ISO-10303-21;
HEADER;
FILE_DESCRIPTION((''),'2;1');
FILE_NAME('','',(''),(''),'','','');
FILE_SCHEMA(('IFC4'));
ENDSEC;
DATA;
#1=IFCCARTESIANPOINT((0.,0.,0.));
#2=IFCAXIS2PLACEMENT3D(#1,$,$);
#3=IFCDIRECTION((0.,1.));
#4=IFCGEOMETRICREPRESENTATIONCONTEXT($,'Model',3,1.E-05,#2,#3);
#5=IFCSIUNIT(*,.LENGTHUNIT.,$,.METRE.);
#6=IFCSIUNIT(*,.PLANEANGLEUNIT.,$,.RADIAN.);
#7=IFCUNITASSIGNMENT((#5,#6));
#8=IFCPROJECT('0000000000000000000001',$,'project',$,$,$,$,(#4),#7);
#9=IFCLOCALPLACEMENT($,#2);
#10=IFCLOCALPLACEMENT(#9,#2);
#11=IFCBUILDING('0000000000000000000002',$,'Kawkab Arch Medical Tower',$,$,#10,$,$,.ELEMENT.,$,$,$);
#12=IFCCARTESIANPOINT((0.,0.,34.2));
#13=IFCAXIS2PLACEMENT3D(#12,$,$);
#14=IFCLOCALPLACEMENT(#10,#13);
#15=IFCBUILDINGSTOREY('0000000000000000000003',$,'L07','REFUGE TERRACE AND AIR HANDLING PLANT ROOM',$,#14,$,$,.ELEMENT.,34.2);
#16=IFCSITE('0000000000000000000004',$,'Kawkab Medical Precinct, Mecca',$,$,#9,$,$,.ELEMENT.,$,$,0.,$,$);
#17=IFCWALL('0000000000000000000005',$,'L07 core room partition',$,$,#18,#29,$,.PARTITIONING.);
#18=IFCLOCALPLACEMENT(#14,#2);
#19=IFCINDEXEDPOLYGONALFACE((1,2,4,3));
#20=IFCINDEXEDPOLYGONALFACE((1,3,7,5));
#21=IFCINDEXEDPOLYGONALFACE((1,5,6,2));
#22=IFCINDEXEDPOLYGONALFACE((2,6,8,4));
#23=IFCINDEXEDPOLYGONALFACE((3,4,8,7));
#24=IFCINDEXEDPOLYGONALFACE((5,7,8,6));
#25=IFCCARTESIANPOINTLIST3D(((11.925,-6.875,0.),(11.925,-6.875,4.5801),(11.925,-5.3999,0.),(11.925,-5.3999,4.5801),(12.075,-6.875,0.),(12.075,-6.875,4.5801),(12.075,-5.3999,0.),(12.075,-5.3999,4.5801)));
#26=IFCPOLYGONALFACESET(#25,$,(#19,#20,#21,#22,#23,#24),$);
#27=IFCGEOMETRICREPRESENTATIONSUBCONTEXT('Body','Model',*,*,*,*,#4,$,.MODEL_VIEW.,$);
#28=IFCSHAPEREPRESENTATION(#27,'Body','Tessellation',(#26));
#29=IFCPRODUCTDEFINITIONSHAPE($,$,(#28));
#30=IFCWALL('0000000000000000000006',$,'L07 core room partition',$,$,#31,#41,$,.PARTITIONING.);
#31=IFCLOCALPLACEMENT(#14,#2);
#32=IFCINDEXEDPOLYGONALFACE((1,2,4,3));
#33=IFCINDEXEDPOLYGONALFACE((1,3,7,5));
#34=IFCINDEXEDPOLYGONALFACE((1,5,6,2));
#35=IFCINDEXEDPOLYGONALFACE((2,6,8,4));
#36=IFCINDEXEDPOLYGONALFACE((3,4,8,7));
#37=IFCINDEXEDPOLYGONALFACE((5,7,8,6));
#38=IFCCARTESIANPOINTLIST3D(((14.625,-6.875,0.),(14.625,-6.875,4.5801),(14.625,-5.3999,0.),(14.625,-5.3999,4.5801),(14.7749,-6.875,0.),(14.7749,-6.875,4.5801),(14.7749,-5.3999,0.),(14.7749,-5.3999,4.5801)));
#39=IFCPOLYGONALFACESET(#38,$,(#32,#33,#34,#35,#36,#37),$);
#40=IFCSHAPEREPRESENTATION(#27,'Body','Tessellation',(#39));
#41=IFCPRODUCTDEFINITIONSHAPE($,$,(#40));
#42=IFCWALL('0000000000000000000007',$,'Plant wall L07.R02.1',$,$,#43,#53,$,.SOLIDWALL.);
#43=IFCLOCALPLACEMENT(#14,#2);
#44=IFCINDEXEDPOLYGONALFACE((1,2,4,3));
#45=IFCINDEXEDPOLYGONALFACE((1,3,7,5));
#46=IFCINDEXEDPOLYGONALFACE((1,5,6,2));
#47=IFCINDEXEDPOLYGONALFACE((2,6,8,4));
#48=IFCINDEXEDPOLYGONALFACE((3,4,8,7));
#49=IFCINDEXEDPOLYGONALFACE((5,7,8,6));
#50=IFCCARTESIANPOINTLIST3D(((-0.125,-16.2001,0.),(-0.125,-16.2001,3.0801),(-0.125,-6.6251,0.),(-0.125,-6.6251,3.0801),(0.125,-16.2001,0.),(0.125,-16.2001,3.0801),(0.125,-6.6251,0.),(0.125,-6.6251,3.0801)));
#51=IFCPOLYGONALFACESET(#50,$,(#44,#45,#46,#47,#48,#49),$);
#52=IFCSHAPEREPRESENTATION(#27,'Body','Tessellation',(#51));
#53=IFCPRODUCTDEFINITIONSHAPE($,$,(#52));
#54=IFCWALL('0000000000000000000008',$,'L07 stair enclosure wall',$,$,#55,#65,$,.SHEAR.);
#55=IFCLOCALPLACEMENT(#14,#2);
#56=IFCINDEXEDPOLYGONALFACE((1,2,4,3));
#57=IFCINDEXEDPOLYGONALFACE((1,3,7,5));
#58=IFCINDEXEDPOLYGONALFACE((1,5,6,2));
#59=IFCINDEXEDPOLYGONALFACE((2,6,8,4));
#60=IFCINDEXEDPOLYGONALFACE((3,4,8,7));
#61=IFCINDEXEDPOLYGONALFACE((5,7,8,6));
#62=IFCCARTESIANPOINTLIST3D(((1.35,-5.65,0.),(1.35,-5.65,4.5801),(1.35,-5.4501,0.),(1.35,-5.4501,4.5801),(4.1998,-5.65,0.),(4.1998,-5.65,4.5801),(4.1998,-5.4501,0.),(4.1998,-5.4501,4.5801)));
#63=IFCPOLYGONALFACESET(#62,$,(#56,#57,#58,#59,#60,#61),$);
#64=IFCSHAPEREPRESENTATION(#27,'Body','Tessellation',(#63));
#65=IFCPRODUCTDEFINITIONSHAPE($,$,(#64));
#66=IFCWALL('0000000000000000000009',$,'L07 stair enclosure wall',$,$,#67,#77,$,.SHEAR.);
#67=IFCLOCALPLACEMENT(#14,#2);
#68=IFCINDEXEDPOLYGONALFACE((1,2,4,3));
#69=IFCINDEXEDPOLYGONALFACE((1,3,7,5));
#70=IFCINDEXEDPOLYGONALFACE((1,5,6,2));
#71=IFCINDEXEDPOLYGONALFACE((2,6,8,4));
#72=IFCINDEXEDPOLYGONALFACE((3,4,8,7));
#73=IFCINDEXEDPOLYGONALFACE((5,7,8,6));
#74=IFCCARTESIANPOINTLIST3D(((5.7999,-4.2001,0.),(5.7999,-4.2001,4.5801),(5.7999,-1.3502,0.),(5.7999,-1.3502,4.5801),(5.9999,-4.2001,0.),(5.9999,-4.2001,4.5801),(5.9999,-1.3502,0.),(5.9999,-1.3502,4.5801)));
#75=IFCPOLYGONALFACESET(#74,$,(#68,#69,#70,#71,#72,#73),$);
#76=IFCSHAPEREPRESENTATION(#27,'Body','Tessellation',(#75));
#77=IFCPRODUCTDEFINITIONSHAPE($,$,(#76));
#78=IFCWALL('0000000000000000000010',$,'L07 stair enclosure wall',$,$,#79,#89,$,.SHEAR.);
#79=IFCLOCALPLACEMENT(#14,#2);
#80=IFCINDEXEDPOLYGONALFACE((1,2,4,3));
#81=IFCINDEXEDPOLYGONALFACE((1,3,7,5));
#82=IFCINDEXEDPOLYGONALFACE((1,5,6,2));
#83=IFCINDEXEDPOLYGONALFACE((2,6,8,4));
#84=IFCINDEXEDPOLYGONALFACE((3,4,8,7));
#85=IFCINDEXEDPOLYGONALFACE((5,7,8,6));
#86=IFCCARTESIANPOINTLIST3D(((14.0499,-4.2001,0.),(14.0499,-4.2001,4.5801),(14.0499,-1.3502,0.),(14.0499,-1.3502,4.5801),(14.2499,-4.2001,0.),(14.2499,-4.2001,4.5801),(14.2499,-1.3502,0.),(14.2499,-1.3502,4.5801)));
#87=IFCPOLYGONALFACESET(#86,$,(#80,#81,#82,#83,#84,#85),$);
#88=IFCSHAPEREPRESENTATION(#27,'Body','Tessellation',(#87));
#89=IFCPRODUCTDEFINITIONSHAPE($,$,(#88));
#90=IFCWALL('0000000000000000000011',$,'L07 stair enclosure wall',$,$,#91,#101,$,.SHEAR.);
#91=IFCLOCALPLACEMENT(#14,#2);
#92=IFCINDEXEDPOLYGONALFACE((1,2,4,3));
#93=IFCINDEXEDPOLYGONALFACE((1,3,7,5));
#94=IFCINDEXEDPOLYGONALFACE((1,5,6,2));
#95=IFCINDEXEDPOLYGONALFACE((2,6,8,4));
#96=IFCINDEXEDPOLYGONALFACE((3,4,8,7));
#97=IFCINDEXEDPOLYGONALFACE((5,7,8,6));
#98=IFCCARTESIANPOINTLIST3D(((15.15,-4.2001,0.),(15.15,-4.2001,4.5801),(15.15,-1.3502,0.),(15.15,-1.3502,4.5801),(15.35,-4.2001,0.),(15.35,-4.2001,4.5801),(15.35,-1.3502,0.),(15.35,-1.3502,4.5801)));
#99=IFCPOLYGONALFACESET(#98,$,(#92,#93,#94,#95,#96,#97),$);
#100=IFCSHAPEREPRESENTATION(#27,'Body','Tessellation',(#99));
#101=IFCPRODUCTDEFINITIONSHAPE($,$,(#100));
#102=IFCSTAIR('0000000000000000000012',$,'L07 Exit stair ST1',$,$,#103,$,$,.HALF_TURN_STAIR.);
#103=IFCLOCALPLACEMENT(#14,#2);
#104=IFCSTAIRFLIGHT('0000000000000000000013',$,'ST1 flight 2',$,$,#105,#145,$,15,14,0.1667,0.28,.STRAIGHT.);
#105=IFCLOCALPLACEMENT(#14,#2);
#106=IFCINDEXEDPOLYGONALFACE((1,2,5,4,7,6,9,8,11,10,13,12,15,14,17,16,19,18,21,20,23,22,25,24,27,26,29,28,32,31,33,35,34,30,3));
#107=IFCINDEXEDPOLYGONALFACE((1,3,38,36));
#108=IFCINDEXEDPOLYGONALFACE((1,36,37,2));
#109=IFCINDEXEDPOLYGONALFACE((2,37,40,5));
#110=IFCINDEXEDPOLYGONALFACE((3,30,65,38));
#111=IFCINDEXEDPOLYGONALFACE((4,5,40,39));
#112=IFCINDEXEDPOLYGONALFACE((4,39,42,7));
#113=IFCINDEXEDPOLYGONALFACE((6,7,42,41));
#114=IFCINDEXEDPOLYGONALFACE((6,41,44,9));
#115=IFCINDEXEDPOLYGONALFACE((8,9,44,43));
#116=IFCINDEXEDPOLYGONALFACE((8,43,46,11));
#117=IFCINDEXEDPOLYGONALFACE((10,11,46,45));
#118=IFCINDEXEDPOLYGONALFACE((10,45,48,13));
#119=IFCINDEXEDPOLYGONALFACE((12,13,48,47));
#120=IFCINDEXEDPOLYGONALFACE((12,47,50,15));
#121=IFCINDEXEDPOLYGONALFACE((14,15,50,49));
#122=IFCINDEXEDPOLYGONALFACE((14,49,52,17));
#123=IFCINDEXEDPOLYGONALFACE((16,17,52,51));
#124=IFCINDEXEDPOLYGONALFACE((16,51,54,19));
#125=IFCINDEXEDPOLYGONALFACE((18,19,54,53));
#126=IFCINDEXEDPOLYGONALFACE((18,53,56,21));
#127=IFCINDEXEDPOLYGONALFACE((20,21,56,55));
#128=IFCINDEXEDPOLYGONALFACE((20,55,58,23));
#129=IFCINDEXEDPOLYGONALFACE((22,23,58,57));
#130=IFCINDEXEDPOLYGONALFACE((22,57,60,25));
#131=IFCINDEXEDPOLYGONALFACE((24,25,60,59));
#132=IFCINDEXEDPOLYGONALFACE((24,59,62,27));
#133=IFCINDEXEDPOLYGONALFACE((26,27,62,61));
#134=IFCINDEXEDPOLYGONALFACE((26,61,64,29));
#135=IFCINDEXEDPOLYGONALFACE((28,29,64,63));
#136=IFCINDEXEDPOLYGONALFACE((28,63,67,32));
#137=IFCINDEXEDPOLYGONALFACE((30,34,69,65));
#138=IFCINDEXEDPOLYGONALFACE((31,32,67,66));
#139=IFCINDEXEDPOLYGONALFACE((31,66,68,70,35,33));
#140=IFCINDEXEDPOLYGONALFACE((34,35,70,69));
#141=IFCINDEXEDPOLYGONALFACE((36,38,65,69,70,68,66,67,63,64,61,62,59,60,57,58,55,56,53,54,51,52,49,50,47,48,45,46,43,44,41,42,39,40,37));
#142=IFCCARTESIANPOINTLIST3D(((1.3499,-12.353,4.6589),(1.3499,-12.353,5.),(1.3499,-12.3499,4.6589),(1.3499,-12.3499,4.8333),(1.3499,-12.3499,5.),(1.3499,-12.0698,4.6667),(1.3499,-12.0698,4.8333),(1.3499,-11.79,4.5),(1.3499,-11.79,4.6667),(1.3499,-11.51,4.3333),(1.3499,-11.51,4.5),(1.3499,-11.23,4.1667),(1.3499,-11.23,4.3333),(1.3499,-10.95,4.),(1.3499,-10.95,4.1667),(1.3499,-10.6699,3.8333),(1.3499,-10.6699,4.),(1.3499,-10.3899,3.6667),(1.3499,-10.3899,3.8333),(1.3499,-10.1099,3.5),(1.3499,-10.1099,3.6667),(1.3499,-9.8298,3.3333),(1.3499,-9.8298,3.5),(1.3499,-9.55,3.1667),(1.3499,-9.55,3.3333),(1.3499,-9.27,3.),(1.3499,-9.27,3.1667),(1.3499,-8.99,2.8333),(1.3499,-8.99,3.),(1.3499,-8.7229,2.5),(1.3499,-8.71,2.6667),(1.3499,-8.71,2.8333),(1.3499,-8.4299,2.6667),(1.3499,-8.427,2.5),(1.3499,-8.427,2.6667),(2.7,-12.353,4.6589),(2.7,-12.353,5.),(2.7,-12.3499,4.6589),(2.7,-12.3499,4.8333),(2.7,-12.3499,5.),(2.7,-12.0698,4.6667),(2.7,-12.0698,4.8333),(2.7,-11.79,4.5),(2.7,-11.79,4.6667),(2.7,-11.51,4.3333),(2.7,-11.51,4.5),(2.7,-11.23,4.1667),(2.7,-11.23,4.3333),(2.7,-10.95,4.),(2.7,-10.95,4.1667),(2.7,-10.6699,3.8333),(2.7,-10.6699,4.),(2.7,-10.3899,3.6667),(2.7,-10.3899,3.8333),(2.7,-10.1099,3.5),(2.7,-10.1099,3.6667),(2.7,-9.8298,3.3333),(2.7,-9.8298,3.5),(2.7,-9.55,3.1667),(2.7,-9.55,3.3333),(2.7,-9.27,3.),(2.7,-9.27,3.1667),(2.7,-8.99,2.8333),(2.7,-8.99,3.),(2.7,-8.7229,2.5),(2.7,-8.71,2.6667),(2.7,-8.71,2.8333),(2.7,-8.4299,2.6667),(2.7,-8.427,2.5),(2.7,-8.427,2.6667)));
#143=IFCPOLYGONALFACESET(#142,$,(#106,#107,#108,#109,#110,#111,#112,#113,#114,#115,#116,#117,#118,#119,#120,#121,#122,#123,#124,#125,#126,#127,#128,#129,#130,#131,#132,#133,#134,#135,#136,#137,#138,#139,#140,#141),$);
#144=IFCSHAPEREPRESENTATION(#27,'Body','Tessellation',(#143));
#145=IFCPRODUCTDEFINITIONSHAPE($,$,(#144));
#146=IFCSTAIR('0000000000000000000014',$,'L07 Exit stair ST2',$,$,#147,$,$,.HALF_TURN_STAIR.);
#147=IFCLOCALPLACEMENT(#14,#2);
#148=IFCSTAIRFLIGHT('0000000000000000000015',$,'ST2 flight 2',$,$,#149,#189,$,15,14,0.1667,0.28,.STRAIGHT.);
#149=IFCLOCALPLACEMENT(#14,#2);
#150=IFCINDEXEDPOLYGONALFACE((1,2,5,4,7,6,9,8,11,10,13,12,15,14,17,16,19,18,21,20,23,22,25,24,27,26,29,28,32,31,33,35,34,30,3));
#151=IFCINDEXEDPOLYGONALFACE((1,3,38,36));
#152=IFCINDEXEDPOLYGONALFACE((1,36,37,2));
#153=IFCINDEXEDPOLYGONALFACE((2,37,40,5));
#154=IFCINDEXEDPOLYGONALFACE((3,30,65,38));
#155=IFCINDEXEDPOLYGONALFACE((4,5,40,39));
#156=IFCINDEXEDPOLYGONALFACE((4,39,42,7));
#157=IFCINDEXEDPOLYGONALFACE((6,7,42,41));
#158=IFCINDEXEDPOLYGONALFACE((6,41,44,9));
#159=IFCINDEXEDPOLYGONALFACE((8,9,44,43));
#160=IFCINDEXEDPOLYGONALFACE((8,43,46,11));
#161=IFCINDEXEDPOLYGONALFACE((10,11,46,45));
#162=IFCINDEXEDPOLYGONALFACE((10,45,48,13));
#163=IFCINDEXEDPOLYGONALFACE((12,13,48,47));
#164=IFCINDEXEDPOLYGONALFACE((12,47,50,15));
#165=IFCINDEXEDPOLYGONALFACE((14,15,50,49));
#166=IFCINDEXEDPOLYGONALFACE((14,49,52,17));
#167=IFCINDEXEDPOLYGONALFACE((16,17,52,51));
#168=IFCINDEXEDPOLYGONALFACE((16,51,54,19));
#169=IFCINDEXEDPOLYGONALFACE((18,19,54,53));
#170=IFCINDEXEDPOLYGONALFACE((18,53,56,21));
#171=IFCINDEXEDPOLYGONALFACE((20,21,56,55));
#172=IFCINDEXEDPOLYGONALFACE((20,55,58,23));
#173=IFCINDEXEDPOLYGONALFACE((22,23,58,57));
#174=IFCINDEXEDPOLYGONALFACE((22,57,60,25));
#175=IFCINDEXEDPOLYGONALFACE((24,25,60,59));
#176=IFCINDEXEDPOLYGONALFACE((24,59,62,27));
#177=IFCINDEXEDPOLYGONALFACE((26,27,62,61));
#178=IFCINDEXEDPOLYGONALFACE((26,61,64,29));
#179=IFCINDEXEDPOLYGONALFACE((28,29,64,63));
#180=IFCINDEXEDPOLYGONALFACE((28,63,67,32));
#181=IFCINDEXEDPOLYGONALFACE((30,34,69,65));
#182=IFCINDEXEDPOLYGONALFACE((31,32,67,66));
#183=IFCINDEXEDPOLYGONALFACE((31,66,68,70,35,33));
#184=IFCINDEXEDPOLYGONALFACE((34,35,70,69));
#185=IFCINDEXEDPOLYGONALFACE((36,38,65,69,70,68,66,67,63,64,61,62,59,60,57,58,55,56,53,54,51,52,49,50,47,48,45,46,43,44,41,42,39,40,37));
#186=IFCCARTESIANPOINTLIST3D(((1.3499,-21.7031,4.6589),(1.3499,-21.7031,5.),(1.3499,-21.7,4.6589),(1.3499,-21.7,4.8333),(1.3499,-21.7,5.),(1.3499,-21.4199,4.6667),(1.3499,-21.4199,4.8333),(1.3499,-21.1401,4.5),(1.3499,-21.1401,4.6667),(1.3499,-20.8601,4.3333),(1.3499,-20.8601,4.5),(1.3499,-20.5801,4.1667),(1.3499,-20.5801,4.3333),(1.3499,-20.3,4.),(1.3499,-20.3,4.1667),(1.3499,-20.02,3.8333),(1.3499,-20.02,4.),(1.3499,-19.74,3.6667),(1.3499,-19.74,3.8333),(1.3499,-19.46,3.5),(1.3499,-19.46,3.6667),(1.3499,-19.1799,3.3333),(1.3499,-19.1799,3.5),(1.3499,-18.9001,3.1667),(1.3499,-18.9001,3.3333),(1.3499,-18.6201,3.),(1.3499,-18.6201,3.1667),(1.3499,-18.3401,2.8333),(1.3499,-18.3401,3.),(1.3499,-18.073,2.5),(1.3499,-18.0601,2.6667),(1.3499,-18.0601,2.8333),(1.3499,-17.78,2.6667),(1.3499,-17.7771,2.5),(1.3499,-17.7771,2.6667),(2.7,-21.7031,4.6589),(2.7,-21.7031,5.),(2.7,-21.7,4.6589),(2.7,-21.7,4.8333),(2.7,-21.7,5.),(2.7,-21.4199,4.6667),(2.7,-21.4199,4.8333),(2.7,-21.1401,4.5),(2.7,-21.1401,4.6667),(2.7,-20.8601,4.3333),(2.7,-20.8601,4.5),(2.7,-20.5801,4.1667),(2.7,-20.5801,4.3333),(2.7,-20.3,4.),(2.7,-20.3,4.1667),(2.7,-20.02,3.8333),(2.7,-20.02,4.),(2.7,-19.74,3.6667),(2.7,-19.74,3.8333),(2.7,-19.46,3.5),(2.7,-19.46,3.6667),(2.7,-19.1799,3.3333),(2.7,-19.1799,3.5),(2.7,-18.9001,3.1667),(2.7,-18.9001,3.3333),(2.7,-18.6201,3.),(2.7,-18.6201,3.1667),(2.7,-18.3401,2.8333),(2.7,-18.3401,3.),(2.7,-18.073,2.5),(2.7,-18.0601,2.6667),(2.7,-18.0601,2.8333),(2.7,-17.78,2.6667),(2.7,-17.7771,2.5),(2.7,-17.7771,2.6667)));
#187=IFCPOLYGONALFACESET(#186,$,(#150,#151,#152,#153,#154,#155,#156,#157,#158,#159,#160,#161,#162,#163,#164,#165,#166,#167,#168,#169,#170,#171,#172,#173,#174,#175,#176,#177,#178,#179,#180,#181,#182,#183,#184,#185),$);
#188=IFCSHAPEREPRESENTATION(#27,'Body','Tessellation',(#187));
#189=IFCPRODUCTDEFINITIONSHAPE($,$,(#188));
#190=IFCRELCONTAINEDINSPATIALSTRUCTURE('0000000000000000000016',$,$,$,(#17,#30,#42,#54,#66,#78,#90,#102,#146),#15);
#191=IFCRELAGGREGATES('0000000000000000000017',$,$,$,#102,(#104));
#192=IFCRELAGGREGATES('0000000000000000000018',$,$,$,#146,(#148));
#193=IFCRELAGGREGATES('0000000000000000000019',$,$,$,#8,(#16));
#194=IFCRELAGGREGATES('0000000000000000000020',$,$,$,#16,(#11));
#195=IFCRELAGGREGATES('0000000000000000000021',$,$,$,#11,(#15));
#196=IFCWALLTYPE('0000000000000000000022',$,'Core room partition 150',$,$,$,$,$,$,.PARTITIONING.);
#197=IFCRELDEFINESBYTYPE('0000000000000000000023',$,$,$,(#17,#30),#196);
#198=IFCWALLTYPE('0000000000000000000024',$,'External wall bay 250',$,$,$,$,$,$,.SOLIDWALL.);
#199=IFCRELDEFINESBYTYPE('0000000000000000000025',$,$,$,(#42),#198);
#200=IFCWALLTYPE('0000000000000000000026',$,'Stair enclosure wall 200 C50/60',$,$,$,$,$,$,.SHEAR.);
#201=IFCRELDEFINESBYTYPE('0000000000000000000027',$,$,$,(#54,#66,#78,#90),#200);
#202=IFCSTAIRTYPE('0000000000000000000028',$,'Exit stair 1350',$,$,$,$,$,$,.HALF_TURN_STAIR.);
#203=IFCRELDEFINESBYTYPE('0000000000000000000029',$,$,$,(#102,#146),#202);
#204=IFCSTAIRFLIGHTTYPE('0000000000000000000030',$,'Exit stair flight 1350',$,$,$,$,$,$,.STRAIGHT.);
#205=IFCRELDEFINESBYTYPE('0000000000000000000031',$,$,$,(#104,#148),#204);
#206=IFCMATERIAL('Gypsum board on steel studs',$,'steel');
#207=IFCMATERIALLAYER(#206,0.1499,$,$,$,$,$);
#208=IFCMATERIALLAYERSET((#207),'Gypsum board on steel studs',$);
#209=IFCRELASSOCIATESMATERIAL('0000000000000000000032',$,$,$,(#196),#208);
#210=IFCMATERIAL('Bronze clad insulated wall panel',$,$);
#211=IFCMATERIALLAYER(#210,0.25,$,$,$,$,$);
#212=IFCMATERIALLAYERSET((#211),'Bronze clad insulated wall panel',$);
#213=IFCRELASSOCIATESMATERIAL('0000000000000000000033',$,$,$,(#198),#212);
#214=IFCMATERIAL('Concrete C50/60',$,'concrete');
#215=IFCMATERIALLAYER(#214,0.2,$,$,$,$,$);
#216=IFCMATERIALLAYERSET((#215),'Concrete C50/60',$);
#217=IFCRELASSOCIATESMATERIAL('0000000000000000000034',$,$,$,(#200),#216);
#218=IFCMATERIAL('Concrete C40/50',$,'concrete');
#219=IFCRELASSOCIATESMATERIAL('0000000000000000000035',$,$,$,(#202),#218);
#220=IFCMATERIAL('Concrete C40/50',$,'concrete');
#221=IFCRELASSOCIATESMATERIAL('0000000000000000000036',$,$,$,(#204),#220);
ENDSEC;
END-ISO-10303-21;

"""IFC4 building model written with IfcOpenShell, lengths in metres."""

from ifc_helpers import new_model, si_unit, direction, frame, frame_2d, origin, place, context, subcontext, project, spatial, polyline, rectangle, outline, extrude, material, layer, layer_set, type_object, element, aggregate, save


model = new_model("IFC4")

# Units and contexts
model_context = context("Model", 3, precision=1e-05, world=origin(), true_north=direction((0.0, 1.0)))
body_context = subcontext(model_context, "Body", "Model", "MODEL_VIEW")
ifc_project = project(units=[si_unit("LENGTHUNIT", "METRE"), si_unit("PLANEANGLEUNIT", "RADIAN")], contexts=[model_context])

# Site, building, storey
site_placement = place(None, origin())
site = spatial("IfcSite", under=ifc_project, at=site_placement, Name="Kawkab Medical Precinct, Mecca", CompositionType="ELEMENT", RefElevation=0.0)
building_placement = place(site_placement, origin())
building = spatial("IfcBuilding", under=site, at=building_placement, Name="Kawkab Arch Medical Tower", CompositionType="ELEMENT")
storey_placement = place(building_placement, frame((0.0, 0.0, 34.2)))
storey = spatial("IfcBuildingStorey", under=building, at=storey_placement, Name="L07", Description="REFUGE TERRACE AND AIR HANDLING PLANT ROOM", CompositionType="ELEMENT", Elevation=34.2)

# Walls
ifc_material_1 = material(Name="Gypsum board on steel studs", Category="steel")
ifc_layer_1 = layer(ifc_material_1, 0.1499)
ifc_layer_set_1 = layer_set([ifc_layer_1], Name="Gypsum board on steel studs")
wall_type_1 = type_object("IfcWallType", Name="Core room partition 150", PredefinedType="PARTITIONING", material=ifc_layer_set_1)
for number, where, z_axis, x_axis, name in (
    (1, (12.0, -6.875, 0.0), (0.0, 0.0, 1.0), (0.0, 1.0, 0.0), "L07 core room partition"),
    (2, (14.7, -6.875, 0.0), (0.0, 0.0, 1.0), (0.0, 1.0, 0.0), "L07 core room partition"),
):
    element("IfcWall", number, at=place(storey_placement, frame(where, z_axis=z_axis, x_axis=x_axis)), inside=storey, type_object=wall_type_1, Name=name, PredefinedType="PARTITIONING", context=body_context, shape_type="SweptSolid", body=[
        extrude(rectangle(XDim=1.4751, YDim=0.1499, at=frame_2d((0.7375, 0.0))), origin(), (0.0, 0.0, 1.0), 4.5801),
    ])
ifc_material_2 = material(Name="Bronze clad insulated wall panel")
ifc_layer_2 = layer(ifc_material_2, 0.25)
ifc_layer_set_2 = layer_set([ifc_layer_2], Name="Bronze clad insulated wall panel")
wall_type_2 = type_object("IfcWallType", Name="External wall bay 250", PredefinedType="SOLIDWALL", material=ifc_layer_set_2)
wall_1_placement = place(storey_placement, frame((0.0, -6.625, 0.0), z_axis=(0.0, 0.0, 1.0), x_axis=(0.0, -1.0, 0.0)))
element("IfcWall", 3, at=wall_1_placement, inside=storey, type_object=wall_type_2, Name="Plant wall L07.R02.1", PredefinedType="SOLIDWALL", context=body_context, shape_type="SweptSolid", body=[
    extrude(rectangle(XDim=9.575, YDim=0.25, at=frame_2d((4.7876, 0.0))), origin(), (0.0, 0.0, 1.0), 3.0801),
])
ifc_material_3 = material(Name="Concrete C50/60", Category="concrete")
ifc_layer_3 = layer(ifc_material_3, 0.2)
ifc_layer_set_3 = layer_set([ifc_layer_3], Name="Concrete C50/60")
wall_type_3 = type_object("IfcWallType", Name="Stair enclosure wall 200 C50/60", PredefinedType="SHEAR", material=ifc_layer_set_3)
for number, where, z_axis, x_axis, name in (
    (4, (1.3501, -5.55, 0.0), (0.0, 0.0, 1.0), (1.0, 0.0, 0.0), "L07 stair enclosure wall"),
    (5, (5.8999, -4.2, 0.0), (0.0, 0.0, 1.0), (0.0, 1.0, 0.0), "L07 stair enclosure wall"),
    (6, (14.1499, -4.2, 0.0), (0.0, 0.0, 1.0), (0.0, 1.0, 0.0), "L07 stair enclosure wall"),
    (7, (15.25, -4.2, 0.0), (0.0, 0.0, 1.0), (0.0, 1.0, 0.0), "L07 stair enclosure wall"),
):
    element("IfcWall", number, at=place(storey_placement, frame(where, z_axis=z_axis, x_axis=x_axis)), inside=storey, type_object=wall_type_3, Name=name, PredefinedType="SHEAR", context=body_context, shape_type="SweptSolid", body=[
        extrude(rectangle(XDim=2.8499, YDim=0.2, at=frame_2d((1.4248, 0.0))), origin(), (0.0, 0.0, 1.0), 4.5801),
    ])

# Stairs, stair flights
ifc_material_4 = material(Name="Concrete C40/50", Category="concrete")
stair_type = type_object("IfcStairType", Name="Exit stair 1350", PredefinedType="HALF_TURN_STAIR", material=ifc_material_4)
placement = place(storey_placement, origin())
stair_1 = element("IfcStair", 8, at=placement, inside=storey, type_object=stair_type, Name="L07 Exit stair ST1", PredefinedType="HALF_TURN_STAIR")
ifc_material_5 = material(Name="Concrete C40/50", Category="concrete")
stair_flight_type = type_object("IfcStairFlightType", Name="Exit stair flight 1350", PredefinedType="STRAIGHT", material=ifc_material_5)
stair_flight_1_placement = place(storey_placement, frame((2.0249, -8.4299, 2.5), z_axis=(0.0, 0.0, 1.0), x_axis=(0.0, -1.0, 0.0)))
stair_flight_1 = element("IfcStairFlight", 9, at=stair_flight_1_placement, type_object=stair_flight_type, Name="ST1 flight 2", NumberOfRisers=15, NumberOfTreads=14, PredefinedType="STRAIGHT", RiserHeight=0.1667, TreadLength=0.28, context=body_context, shape_type="SweptSolid", body=[
    extrude(outline(polyline([(-0.0029, 0.0), (-0.0029, 0.1667), (0.0, 0.1667), (0.28, 0.1667), (0.28, 0.3333), (0.5601, 0.3333), (0.5601, 0.5), (0.8401, 0.5), (0.8401, 0.6667), (1.1201, 0.6667), (1.1201, 0.8333), (1.3999, 0.8333), (1.3999, 1.0), (1.6799, 1.0), (1.6799, 1.1667), (1.96, 1.1667), (1.96, 1.3333), (2.24, 1.3333), (2.24, 1.5), (2.52, 1.5), (2.52, 1.6667), (2.8, 1.6667), (2.8, 1.8333), (3.0801, 1.8333), (3.0801, 2.0), (3.3601, 2.0), (3.3601, 2.1667), (3.6399, 2.1667), (3.6399, 2.3333), (3.9199, 2.3333), (3.9199, 2.5), (3.9231, 2.5), (3.9231, 2.1589), (3.9199, 2.1589), (0.293, 0.0), (-0.0029, 0.0)])), frame((0.0, 0.675, 0.0), z_axis=(0.0, -1.0, 0.0), x_axis=(1.0, 0.0, 0.0)), (0.0, 0.0, 1.0), 1.3501),
])
aggregate(stair_1, [stair_flight_1])
stair_2 = element("IfcStair", 10, at=placement, inside=storey, type_object=stair_type, Name="L07 Exit stair ST2", PredefinedType="HALF_TURN_STAIR")
stair_flight_2_placement = place(storey_placement, frame((2.0249, -17.78, 2.5), z_axis=(0.0, 0.0, 1.0), x_axis=(0.0, -1.0, 0.0)))
stair_flight_2 = element("IfcStairFlight", 11, at=stair_flight_2_placement, type_object=stair_flight_type, Name="ST2 flight 2", NumberOfRisers=15, NumberOfTreads=14, PredefinedType="STRAIGHT", RiserHeight=0.1667, TreadLength=0.28, context=body_context, shape_type="SweptSolid", body=[
    extrude(outline(polyline([(-0.0029, 0.0), (-0.0029, 0.1667), (0.0, 0.1667), (0.28, 0.1667), (0.28, 0.3333), (0.5601, 0.3333), (0.5601, 0.5), (0.8401, 0.5), (0.8401, 0.6667), (1.1201, 0.6667), (1.1201, 0.8333), (1.3999, 0.8333), (1.3999, 1.0), (1.6799, 1.0), (1.6799, 1.1667), (1.96, 1.1667), (1.96, 1.3333), (2.24, 1.3333), (2.24, 1.5), (2.52, 1.5), (2.52, 1.6667), (2.8, 1.6667), (2.8, 1.8333), (3.0801, 1.8333), (3.0801, 2.0), (3.3601, 2.0), (3.3601, 2.1667), (3.6399, 2.1667), (3.6399, 2.3333), (3.9199, 2.3333), (3.9199, 2.5), (3.9231, 2.5), (3.9231, 2.1589), (3.9199, 2.1589), (0.293, 0.0), (-0.0029, 0.0)])), frame((0.0, 0.675, 0.0), z_axis=(0.0, -1.0, 0.0), x_axis=(1.0, 0.0, 0.0)), (0.0, 0.0, 1.0), 1.3501),
])
aggregate(stair_2, [stair_flight_2])

save(model, "model.ifc")
